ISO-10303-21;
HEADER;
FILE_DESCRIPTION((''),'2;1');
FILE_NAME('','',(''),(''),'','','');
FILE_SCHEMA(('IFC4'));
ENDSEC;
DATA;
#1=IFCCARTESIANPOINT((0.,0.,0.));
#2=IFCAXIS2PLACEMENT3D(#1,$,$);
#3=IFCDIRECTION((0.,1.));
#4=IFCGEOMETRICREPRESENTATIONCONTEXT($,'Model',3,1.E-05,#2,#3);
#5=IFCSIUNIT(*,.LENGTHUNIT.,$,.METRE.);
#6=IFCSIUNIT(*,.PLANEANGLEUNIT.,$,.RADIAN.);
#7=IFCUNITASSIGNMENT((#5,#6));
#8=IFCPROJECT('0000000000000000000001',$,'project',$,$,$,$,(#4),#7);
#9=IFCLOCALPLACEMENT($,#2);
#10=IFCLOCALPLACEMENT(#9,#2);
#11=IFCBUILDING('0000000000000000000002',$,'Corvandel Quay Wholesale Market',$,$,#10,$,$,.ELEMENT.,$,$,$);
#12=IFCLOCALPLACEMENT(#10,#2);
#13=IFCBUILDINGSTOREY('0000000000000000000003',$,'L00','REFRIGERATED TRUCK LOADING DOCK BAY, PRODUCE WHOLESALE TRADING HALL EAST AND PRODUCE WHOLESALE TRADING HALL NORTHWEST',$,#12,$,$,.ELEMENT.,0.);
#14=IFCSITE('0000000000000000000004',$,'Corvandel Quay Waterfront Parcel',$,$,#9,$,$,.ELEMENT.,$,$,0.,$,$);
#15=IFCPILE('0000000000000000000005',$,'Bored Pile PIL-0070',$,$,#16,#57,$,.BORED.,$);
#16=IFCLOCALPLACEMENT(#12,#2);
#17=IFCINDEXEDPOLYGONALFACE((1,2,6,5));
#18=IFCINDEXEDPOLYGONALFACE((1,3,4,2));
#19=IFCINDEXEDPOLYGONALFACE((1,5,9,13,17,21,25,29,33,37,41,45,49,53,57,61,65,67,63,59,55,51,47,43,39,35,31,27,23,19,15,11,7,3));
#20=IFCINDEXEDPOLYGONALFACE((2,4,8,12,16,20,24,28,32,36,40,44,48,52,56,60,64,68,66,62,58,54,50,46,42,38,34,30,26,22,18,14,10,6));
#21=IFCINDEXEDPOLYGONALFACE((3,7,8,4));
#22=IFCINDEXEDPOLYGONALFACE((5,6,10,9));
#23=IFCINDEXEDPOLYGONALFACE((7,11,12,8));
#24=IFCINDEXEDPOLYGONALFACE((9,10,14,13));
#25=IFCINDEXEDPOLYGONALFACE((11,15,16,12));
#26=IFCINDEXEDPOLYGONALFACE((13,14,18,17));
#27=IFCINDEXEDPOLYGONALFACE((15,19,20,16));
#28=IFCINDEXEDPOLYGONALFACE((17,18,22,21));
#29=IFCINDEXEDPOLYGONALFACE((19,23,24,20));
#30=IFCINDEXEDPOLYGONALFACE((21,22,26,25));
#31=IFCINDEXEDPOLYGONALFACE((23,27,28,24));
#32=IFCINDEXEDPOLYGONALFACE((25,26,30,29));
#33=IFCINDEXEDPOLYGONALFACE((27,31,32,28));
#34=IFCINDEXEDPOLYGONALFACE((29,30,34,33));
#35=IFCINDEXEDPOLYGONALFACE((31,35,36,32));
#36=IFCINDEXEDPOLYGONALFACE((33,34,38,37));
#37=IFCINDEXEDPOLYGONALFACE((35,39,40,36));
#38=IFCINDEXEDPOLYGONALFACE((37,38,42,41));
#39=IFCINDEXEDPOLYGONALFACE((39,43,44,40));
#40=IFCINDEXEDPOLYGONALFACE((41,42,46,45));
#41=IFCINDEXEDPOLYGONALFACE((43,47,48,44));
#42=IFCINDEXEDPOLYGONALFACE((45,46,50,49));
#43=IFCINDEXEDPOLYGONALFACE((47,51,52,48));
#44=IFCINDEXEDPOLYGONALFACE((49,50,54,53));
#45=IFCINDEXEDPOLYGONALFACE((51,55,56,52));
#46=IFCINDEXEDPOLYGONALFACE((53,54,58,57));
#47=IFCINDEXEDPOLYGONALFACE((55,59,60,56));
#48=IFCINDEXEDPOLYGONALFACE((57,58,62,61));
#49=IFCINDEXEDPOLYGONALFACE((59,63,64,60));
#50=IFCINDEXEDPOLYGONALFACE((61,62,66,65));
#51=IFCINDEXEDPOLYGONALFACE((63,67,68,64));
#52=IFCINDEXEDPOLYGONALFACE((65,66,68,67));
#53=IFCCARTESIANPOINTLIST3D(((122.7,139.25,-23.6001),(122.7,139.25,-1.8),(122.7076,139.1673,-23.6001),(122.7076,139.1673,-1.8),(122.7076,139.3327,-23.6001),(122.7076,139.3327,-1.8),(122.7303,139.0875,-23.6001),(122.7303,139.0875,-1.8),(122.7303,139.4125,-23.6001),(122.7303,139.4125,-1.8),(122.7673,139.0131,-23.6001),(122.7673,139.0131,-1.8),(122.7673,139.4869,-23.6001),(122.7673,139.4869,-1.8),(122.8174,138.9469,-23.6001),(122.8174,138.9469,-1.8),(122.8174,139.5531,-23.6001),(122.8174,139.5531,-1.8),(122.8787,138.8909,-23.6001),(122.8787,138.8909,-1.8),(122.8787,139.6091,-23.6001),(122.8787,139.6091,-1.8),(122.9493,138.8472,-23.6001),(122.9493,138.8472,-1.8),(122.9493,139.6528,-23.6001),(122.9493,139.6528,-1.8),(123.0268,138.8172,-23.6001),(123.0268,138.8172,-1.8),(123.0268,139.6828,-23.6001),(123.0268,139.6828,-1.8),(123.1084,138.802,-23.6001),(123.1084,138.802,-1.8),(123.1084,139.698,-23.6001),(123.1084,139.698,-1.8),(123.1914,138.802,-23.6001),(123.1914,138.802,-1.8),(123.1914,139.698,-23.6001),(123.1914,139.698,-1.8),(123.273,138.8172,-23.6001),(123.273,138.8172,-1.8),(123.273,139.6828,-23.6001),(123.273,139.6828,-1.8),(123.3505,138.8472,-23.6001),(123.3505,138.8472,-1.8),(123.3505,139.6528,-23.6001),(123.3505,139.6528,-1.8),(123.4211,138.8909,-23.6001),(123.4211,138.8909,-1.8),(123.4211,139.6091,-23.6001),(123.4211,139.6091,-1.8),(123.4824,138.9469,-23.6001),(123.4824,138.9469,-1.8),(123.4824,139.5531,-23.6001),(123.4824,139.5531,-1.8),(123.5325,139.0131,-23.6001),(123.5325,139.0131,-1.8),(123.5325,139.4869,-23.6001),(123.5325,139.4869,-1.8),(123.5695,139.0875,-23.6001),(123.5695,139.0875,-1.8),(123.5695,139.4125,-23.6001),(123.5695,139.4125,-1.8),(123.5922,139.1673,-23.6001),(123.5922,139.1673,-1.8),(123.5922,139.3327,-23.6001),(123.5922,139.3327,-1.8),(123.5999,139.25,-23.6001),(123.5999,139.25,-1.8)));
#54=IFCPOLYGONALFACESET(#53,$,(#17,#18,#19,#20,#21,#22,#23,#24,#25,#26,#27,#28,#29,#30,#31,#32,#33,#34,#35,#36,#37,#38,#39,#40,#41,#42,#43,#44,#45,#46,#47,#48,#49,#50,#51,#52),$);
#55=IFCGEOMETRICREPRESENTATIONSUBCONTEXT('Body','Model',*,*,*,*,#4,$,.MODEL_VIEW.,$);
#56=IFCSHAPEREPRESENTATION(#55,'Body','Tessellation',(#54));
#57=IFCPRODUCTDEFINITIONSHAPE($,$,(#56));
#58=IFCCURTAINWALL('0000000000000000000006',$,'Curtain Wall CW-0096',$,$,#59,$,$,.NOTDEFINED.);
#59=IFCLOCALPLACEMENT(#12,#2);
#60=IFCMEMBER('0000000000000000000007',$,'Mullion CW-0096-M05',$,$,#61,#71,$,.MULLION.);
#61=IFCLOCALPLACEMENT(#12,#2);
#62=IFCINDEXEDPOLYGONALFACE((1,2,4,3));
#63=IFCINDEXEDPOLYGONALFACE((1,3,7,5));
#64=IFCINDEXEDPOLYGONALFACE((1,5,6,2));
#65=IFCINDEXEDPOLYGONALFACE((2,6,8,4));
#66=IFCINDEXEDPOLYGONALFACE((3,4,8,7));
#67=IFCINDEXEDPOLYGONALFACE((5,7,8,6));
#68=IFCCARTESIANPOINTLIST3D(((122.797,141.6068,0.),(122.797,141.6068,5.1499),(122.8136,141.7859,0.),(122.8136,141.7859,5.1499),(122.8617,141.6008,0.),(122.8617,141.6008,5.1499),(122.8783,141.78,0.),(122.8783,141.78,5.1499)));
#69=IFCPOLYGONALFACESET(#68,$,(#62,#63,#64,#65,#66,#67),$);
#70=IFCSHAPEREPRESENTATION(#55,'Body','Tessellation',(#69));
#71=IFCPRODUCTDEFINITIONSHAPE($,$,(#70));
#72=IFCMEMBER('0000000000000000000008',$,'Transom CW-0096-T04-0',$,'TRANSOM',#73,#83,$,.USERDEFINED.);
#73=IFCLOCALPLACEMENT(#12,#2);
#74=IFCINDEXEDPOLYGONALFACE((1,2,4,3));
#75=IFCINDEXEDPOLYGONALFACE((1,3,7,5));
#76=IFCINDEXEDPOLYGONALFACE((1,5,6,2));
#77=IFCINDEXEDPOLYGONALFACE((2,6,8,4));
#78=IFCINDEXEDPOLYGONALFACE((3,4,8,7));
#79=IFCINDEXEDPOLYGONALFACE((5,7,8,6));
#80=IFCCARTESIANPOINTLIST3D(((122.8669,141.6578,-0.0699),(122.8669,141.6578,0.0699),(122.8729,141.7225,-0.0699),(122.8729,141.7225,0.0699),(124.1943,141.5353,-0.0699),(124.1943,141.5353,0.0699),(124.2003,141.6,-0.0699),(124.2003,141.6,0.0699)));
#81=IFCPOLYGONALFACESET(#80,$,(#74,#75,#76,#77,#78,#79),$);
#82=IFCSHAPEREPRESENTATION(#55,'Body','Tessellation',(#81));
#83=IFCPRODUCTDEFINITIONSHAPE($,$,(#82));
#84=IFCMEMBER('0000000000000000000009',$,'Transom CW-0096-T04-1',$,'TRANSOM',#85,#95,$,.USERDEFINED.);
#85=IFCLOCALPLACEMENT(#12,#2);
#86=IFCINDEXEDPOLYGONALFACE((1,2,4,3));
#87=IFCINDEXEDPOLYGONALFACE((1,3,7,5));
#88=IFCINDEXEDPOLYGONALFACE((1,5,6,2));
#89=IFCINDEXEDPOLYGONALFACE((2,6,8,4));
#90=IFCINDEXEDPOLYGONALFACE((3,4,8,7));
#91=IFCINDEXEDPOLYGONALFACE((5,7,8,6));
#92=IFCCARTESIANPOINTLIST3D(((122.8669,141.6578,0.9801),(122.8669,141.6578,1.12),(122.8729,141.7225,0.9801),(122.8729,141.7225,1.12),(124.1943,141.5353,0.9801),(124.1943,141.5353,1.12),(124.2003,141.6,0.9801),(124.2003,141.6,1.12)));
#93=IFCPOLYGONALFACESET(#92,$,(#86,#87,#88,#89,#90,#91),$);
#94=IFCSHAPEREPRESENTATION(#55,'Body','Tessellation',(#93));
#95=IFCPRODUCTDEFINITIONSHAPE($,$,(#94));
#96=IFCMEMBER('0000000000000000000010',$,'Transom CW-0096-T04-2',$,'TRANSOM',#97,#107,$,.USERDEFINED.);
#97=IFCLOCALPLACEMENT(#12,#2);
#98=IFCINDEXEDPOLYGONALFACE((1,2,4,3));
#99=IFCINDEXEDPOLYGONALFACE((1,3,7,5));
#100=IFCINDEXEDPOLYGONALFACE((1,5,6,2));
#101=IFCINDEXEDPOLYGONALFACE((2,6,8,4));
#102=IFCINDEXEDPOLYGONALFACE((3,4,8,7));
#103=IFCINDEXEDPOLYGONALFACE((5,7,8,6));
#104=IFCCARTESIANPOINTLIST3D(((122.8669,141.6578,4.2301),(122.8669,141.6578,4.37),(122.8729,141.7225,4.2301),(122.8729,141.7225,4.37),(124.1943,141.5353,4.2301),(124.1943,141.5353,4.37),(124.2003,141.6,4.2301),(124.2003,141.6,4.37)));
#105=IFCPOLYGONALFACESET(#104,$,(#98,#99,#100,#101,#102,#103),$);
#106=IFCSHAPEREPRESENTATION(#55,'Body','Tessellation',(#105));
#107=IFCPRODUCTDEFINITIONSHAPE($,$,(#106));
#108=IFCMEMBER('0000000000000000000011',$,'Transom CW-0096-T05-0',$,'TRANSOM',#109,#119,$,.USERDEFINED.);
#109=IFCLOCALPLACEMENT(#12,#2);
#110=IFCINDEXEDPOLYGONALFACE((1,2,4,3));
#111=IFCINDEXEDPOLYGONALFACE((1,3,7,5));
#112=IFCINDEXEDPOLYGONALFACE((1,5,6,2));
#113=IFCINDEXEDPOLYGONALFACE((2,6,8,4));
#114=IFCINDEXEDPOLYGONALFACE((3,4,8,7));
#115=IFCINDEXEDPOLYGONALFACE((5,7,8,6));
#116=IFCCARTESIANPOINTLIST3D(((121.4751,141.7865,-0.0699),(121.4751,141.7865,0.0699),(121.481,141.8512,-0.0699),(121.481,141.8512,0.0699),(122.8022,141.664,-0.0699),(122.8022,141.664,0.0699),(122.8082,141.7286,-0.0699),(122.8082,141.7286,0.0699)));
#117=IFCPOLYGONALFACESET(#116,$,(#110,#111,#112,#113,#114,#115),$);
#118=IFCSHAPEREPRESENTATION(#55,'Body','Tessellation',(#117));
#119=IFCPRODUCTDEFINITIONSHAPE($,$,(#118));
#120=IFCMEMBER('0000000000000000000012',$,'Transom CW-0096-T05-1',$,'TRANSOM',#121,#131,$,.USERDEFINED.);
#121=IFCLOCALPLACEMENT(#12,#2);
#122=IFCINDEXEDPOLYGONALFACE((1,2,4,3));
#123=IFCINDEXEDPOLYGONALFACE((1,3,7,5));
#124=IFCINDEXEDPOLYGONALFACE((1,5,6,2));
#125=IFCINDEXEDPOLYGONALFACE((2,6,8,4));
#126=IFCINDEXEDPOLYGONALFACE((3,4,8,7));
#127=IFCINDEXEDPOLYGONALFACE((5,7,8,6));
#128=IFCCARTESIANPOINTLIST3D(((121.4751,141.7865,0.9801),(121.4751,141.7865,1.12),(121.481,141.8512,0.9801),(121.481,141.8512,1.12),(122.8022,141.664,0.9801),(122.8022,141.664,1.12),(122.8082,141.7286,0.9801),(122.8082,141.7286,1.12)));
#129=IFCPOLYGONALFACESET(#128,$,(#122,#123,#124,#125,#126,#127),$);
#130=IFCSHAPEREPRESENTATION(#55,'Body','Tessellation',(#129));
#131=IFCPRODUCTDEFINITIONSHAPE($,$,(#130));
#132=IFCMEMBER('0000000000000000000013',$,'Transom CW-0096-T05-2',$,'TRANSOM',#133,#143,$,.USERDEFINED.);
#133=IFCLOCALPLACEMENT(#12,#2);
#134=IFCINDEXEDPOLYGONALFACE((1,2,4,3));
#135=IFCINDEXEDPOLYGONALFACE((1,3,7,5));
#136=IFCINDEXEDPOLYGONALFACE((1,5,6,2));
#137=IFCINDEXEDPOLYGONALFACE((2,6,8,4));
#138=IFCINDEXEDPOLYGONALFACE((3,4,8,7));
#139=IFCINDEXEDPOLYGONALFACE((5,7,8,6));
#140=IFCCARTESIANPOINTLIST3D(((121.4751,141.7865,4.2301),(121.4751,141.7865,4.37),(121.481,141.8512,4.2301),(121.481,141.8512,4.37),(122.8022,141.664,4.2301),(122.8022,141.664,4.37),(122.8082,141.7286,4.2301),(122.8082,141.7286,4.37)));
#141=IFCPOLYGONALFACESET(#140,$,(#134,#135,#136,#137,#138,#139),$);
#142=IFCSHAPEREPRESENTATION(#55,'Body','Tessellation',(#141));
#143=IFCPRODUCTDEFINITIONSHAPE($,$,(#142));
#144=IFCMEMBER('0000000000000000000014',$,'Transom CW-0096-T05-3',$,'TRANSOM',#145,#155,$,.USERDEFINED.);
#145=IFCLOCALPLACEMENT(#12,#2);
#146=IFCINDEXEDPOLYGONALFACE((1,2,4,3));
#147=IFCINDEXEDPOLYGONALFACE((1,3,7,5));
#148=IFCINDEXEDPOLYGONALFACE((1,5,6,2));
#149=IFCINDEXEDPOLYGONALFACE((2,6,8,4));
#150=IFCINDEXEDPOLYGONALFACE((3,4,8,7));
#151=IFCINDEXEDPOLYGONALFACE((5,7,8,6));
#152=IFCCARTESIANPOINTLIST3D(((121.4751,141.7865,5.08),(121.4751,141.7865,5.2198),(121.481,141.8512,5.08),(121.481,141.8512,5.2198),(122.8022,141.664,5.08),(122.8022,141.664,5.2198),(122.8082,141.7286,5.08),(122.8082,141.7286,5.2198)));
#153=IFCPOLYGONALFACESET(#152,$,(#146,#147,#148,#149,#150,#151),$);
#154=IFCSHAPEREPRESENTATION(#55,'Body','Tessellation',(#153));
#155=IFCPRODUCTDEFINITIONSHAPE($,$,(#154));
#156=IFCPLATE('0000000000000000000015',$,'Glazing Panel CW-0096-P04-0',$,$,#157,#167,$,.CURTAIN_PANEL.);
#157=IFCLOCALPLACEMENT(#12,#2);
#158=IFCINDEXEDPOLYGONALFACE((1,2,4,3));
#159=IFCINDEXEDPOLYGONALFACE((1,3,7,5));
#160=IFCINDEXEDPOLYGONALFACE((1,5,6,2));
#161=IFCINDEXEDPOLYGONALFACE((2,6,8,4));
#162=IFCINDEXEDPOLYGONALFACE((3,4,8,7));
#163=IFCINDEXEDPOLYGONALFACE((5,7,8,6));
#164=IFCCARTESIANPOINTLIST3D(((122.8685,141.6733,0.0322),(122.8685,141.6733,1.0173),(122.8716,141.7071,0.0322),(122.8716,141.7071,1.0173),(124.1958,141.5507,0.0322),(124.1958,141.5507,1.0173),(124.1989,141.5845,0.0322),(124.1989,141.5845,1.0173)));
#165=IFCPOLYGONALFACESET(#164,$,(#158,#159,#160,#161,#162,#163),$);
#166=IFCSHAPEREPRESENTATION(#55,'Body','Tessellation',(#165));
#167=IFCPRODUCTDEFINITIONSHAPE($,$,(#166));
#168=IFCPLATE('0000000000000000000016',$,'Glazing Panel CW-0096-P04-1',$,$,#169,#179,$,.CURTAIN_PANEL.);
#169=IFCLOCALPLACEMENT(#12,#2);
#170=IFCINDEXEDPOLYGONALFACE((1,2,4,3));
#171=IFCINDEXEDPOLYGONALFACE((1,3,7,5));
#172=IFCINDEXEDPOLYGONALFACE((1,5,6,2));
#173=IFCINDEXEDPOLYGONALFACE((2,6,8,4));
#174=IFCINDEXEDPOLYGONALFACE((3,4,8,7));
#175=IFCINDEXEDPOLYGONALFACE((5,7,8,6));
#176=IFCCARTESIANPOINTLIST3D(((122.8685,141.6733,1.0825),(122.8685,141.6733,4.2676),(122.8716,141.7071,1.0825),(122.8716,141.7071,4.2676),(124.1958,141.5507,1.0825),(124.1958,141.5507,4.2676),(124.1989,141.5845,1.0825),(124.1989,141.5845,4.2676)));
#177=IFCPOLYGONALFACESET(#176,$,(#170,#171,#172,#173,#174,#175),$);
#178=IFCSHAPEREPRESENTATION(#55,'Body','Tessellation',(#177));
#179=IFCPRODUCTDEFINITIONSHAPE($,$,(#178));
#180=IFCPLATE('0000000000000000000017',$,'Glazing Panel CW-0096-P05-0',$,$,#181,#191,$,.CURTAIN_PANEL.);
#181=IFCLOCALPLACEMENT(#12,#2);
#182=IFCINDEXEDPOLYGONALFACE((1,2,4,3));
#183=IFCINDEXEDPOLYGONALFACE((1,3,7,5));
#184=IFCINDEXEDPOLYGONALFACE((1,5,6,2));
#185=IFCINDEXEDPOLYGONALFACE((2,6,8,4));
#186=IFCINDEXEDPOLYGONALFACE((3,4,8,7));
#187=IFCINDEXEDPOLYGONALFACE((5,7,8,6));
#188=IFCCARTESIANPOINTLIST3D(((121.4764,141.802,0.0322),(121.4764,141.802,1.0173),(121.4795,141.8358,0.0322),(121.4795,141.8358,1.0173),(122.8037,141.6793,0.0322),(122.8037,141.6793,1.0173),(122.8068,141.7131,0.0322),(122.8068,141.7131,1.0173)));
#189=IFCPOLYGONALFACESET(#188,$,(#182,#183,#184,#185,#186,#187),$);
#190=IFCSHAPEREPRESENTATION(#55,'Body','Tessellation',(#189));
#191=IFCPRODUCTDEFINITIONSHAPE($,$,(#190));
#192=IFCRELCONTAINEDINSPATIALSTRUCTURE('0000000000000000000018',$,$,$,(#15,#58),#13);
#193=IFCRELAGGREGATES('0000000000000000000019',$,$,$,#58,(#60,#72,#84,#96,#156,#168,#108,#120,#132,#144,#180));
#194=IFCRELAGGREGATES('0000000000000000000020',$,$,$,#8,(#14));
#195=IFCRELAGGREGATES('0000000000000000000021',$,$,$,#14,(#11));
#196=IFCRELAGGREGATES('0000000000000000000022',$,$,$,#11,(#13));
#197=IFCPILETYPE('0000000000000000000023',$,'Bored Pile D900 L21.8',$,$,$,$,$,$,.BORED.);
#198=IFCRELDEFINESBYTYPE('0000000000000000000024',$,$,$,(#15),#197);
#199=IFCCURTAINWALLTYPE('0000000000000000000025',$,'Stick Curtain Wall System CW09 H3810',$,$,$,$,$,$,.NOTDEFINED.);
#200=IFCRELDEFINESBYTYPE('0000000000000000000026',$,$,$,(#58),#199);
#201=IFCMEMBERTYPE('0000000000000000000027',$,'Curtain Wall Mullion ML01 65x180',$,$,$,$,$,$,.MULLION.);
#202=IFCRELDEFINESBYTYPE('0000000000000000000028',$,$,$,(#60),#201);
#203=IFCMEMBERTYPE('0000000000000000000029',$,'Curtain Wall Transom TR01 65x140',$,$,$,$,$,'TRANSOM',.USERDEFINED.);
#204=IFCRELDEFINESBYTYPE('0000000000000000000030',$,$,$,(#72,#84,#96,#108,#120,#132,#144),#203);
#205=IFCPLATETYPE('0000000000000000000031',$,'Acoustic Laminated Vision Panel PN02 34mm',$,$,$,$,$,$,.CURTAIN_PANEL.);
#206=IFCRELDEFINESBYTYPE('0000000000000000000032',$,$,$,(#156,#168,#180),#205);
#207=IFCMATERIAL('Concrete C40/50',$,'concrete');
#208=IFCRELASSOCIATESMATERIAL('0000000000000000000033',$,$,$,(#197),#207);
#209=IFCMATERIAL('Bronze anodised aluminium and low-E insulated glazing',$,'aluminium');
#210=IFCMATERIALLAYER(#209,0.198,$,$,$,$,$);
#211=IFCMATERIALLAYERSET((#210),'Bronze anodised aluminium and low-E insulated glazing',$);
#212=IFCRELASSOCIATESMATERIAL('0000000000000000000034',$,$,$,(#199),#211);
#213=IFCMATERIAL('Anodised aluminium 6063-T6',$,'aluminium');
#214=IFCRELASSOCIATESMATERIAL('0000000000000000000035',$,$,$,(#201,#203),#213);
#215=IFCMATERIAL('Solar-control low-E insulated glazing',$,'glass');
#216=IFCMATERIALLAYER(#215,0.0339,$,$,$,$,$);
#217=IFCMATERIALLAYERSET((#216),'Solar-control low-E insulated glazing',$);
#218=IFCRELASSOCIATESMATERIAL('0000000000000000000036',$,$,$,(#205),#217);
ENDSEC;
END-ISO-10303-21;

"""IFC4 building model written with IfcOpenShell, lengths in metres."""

from ifc_helpers import new_model, si_unit, direction, frame, origin, origin_2d, place, context, subcontext, project, spatial, rectangle, circle, extrude, material, layer, layer_set, material_profile, profile_set, type_object, element, aggregate, save


model = new_model("IFC4")

# Units and contexts
model_context = context("Model", 3, precision=1e-05, world=origin(), true_north=direction((0.0, 1.0)))
body_context = subcontext(model_context, "Body", "Model", "MODEL_VIEW")
ifc_project = project(units=[si_unit("LENGTHUNIT", "METRE"), si_unit("PLANEANGLEUNIT", "RADIAN")], contexts=[model_context])

# Site, building, storey
site_placement = place(None, origin())
site = spatial("IfcSite", under=ifc_project, at=site_placement, Name="Corvandel Quay Waterfront Parcel", CompositionType="ELEMENT", RefElevation=0.0)
building_placement = place(site_placement, origin())
building = spatial("IfcBuilding", under=site, at=building_placement, Name="Corvandel Quay Wholesale Market", CompositionType="ELEMENT")
storey_placement = place(building_placement, origin())
storey = spatial("IfcBuildingStorey", under=building, at=storey_placement, Name="L00", Description="REFRIGERATED TRUCK LOADING DOCK BAY, PRODUCE WHOLESALE TRADING HALL EAST AND PRODUCE WHOLESALE TRADING HALL NORTHWEST", CompositionType="ELEMENT", Elevation=0.0)

# Pile
ifc_material_1 = material(Name="Concrete C40/50", Category="concrete")
ifc_material_profile_1 = material_profile(ifc_material_1, circle(Radius=0.45, at=origin_2d()), Name="RC-PILE-D900")
ifc_profile_set_1 = profile_set([ifc_material_profile_1], Name="Concrete C40/50")
pile_type = type_object("IfcPileType", Name="Bored Pile D900 L21.8", PredefinedType="BORED", material=ifc_profile_set_1)
pile_placement = place(storey_placement, frame((123.1499, 139.25, -1.8), z_axis=(0.0, 0.0, -1.0), x_axis=(1.0, 0.0, 0.0)))
element("IfcPile", 1, at=pile_placement, inside=storey, type_object=pile_type, Name="Bored Pile PIL-0070", PredefinedType="BORED", context=body_context, shape_type="SweptSolid", body=[
    extrude(circle(Radius=0.45, at=origin_2d()), origin(), (0.0, 0.0, 1.0), 21.8),
])

# Curtain wall, members, plates
ifc_material_2 = material(Name="Bronze anodised aluminium and low-E insulated glazing", Category="aluminium")
ifc_layer_1 = layer(ifc_material_2, 0.198)
ifc_layer_set_1 = layer_set([ifc_layer_1], Name="Bronze anodised aluminium and low-E insulated glazing")
curtain_wall_type = type_object("IfcCurtainWallType", Name="Stick Curtain Wall System CW09 H3810", PredefinedType="NOTDEFINED", material=ifc_layer_set_1)
curtain_wall_placement = place(storey_placement, origin())
curtain_wall = element("IfcCurtainWall", 2, at=curtain_wall_placement, inside=storey, type_object=curtain_wall_type, Name="Curtain Wall CW-0096", PredefinedType="NOTDEFINED")
ifc_material_3 = material(Name="Anodised aluminium 6063-T6", Category="aluminium")
ifc_material_profile_2 = material_profile(ifc_material_3, rectangle(XDim=0.0649, YDim=0.1799, at=origin_2d()), Name="ALU-MUL-65x180")
ifc_profile_set_2 = profile_set([ifc_material_profile_2], Name="Anodised aluminium 6063-T6")
member_type_1 = type_object("IfcMemberType", Name="Curtain Wall Mullion ML01 65x180", PredefinedType="MULLION", material=ifc_profile_set_2)
member_1_placement = place(storey_placement, frame((122.8376, 141.6934, 0.0), z_axis=(0.0, 0.0, 1.0), x_axis=(-0.995757, 0.092023, 0.0)))
member_1 = element("IfcMember", 3, at=member_1_placement, type_object=member_type_1, Name="Mullion CW-0096-M05", PredefinedType="MULLION", context=body_context, shape_type="SweptSolid", body=[
    extrude(rectangle(XDim=0.0649, YDim=0.1799, at=origin_2d()), origin(), (0.0, 0.0, 1.0), 5.1499),
])
ifc_material_profile_3 = material_profile(ifc_material_3, rectangle(XDim=0.0649, YDim=0.1399, at=origin_2d()), Name="ALU-TRN-65x140")
ifc_profile_set_3 = profile_set([ifc_material_profile_3], Name="Anodised aluminium 6063-T6")
member_type_2 = type_object("IfcMemberType", Name="Curtain Wall Transom TR01 65x140", ElementType="TRANSOM", PredefinedType="USERDEFINED", material=ifc_profile_set_3)
member_2_placement = place(storey_placement, frame((124.1973, 141.5676, 0.0), z_axis=(-0.995765, 0.091939, 0.0), x_axis=(-0.091939, -0.995765, 0.0)))
member_2 = element("IfcMember", 4, at=member_2_placement, type_object=member_type_2, Name="Transom CW-0096-T04-0", ObjectType="TRANSOM", PredefinedType="USERDEFINED", context=body_context, shape_type="SweptSolid", body=[
    extrude(rectangle(XDim=0.0649, YDim=0.1399, at=origin_2d()), origin(), (0.0, 0.0, 1.0), 1.333),
])
member_3_placement = place(storey_placement, frame((124.1973, 141.5676, 1.05), z_axis=(-0.995765, 0.091939, 0.0), x_axis=(-0.091939, -0.995765, 0.0)))
member_3 = element("IfcMember", 5, at=member_3_placement, type_object=member_type_2, Name="Transom CW-0096-T04-1", ObjectType="TRANSOM", PredefinedType="USERDEFINED", context=body_context, shape_type="SweptSolid", body=[
    extrude(rectangle(XDim=0.0649, YDim=0.1399, at=origin_2d()), origin(), (0.0, 0.0, 1.0), 1.333),
])
member_4_placement = place(storey_placement, frame((124.1973, 141.5676, 4.3), z_axis=(-0.995765, 0.091939, 0.0), x_axis=(-0.091939, -0.995765, 0.0)))
member_4 = element("IfcMember", 6, at=member_4_placement, type_object=member_type_2, Name="Transom CW-0096-T04-2", ObjectType="TRANSOM", PredefinedType="USERDEFINED", context=body_context, shape_type="SweptSolid", body=[
    extrude(rectangle(XDim=0.0649, YDim=0.1399, at=origin_2d()), origin(), (0.0, 0.0, 1.0), 1.333),
])
member_5_placement = place(storey_placement, frame((122.8052, 141.6963, 0.0), z_axis=(-0.995763, 0.091956, 0.0), x_axis=(-0.091956, -0.995763, 0.0)))
member_5 = element("IfcMember", 7, at=member_5_placement, type_object=member_type_2, Name="Transom CW-0096-T05-0", ObjectType="TRANSOM", PredefinedType="USERDEFINED", context=body_context, shape_type="SweptSolid", body=[
    extrude(rectangle(XDim=0.0649, YDim=0.1399, at=origin_2d()), origin(), (0.0, 0.0, 1.0), 1.3328),
])
member_6_placement = place(storey_placement, frame((122.8052, 141.6963, 1.05), z_axis=(-0.995763, 0.091956, 0.0), x_axis=(-0.091956, -0.995763, 0.0)))
member_6 = element("IfcMember", 8, at=member_6_placement, type_object=member_type_2, Name="Transom CW-0096-T05-1", ObjectType="TRANSOM", PredefinedType="USERDEFINED", context=body_context, shape_type="SweptSolid", body=[
    extrude(rectangle(XDim=0.0649, YDim=0.1399, at=origin_2d()), origin(), (0.0, 0.0, 1.0), 1.3328),
])
member_7_placement = place(storey_placement, frame((122.8052, 141.6963, 4.3), z_axis=(-0.995763, 0.091956, 0.0), x_axis=(-0.091956, -0.995763, 0.0)))
member_7 = element("IfcMember", 9, at=member_7_placement, type_object=member_type_2, Name="Transom CW-0096-T05-2", ObjectType="TRANSOM", PredefinedType="USERDEFINED", context=body_context, shape_type="SweptSolid", body=[
    extrude(rectangle(XDim=0.0649, YDim=0.1399, at=origin_2d()), origin(), (0.0, 0.0, 1.0), 1.3328),
])
member_8_placement = place(storey_placement, frame((122.8052, 141.6963, 5.1499), z_axis=(-0.995763, 0.091956, 0.0), x_axis=(-0.091956, -0.995763, 0.0)))
member_8 = element("IfcMember", 10, at=member_8_placement, type_object=member_type_2, Name="Transom CW-0096-T05-3", ObjectType="TRANSOM", PredefinedType="USERDEFINED", context=body_context, shape_type="SweptSolid", body=[
    extrude(rectangle(XDim=0.0649, YDim=0.1399, at=origin_2d()), origin(), (0.0, 0.0, 1.0), 1.3328),
])
ifc_material_4 = material(Name="Solar-control low-E insulated glazing", Category="glass")
ifc_layer_2 = layer(ifc_material_4, 0.0339)
ifc_layer_set_2 = layer_set([ifc_layer_2], Name="Solar-control low-E insulated glazing")
plate_type_1 = type_object("IfcPlateType", Name="Acoustic Laminated Vision Panel PN02 34mm", PredefinedType="CURTAIN_PANEL", material=ifc_layer_set_2)
plate_1_placement = place(storey_placement, frame((123.5337, 141.6289, 0.0322), z_axis=(0.0, 0.0, 1.0), x_axis=(-0.995757, 0.092023, 0.0)))
plate_1 = element("IfcPlate", 11, at=plate_1_placement, type_object=plate_type_1, Name="Glazing Panel CW-0096-P04-0", PredefinedType="CURTAIN_PANEL", context=body_context, shape_type="SweptSolid", body=[
    extrude(rectangle(XDim=1.333, YDim=0.0339, at=origin_2d()), origin(), (0.0, 0.0, 1.0), 0.9851),
])
plate_2_placement = place(storey_placement, frame((123.5337, 141.6289, 1.0825), z_axis=(0.0, 0.0, 1.0), x_axis=(-0.995757, 0.092023, 0.0)))
plate_2 = element("IfcPlate", 12, at=plate_2_placement, type_object=plate_type_1, Name="Glazing Panel CW-0096-P04-1", PredefinedType="CURTAIN_PANEL", context=body_context, shape_type="SweptSolid", body=[
    extrude(rectangle(XDim=1.333, YDim=0.0339, at=origin_2d()), origin(), (0.0, 0.0, 1.0), 3.1851),
])
plate_3_placement = place(storey_placement, frame((122.1416, 141.7576, 0.0322), z_axis=(0.0, 0.0, 1.0), x_axis=(-0.995757, 0.092023, 0.0)))
plate_3 = element("IfcPlate", 13, at=plate_3_placement, type_object=plate_type_1, Name="Glazing Panel CW-0096-P05-0", PredefinedType="CURTAIN_PANEL", context=body_context, shape_type="SweptSolid", body=[
    extrude(rectangle(XDim=1.333, YDim=0.0339, at=origin_2d()), origin(), (0.0, 0.0, 1.0), 0.9851),
])
aggregate(curtain_wall, [member_1, member_2, member_3, member_4, plate_1, plate_2, member_5, member_6, member_7, member_8, plate_3])

save(model, "model.ifc")
